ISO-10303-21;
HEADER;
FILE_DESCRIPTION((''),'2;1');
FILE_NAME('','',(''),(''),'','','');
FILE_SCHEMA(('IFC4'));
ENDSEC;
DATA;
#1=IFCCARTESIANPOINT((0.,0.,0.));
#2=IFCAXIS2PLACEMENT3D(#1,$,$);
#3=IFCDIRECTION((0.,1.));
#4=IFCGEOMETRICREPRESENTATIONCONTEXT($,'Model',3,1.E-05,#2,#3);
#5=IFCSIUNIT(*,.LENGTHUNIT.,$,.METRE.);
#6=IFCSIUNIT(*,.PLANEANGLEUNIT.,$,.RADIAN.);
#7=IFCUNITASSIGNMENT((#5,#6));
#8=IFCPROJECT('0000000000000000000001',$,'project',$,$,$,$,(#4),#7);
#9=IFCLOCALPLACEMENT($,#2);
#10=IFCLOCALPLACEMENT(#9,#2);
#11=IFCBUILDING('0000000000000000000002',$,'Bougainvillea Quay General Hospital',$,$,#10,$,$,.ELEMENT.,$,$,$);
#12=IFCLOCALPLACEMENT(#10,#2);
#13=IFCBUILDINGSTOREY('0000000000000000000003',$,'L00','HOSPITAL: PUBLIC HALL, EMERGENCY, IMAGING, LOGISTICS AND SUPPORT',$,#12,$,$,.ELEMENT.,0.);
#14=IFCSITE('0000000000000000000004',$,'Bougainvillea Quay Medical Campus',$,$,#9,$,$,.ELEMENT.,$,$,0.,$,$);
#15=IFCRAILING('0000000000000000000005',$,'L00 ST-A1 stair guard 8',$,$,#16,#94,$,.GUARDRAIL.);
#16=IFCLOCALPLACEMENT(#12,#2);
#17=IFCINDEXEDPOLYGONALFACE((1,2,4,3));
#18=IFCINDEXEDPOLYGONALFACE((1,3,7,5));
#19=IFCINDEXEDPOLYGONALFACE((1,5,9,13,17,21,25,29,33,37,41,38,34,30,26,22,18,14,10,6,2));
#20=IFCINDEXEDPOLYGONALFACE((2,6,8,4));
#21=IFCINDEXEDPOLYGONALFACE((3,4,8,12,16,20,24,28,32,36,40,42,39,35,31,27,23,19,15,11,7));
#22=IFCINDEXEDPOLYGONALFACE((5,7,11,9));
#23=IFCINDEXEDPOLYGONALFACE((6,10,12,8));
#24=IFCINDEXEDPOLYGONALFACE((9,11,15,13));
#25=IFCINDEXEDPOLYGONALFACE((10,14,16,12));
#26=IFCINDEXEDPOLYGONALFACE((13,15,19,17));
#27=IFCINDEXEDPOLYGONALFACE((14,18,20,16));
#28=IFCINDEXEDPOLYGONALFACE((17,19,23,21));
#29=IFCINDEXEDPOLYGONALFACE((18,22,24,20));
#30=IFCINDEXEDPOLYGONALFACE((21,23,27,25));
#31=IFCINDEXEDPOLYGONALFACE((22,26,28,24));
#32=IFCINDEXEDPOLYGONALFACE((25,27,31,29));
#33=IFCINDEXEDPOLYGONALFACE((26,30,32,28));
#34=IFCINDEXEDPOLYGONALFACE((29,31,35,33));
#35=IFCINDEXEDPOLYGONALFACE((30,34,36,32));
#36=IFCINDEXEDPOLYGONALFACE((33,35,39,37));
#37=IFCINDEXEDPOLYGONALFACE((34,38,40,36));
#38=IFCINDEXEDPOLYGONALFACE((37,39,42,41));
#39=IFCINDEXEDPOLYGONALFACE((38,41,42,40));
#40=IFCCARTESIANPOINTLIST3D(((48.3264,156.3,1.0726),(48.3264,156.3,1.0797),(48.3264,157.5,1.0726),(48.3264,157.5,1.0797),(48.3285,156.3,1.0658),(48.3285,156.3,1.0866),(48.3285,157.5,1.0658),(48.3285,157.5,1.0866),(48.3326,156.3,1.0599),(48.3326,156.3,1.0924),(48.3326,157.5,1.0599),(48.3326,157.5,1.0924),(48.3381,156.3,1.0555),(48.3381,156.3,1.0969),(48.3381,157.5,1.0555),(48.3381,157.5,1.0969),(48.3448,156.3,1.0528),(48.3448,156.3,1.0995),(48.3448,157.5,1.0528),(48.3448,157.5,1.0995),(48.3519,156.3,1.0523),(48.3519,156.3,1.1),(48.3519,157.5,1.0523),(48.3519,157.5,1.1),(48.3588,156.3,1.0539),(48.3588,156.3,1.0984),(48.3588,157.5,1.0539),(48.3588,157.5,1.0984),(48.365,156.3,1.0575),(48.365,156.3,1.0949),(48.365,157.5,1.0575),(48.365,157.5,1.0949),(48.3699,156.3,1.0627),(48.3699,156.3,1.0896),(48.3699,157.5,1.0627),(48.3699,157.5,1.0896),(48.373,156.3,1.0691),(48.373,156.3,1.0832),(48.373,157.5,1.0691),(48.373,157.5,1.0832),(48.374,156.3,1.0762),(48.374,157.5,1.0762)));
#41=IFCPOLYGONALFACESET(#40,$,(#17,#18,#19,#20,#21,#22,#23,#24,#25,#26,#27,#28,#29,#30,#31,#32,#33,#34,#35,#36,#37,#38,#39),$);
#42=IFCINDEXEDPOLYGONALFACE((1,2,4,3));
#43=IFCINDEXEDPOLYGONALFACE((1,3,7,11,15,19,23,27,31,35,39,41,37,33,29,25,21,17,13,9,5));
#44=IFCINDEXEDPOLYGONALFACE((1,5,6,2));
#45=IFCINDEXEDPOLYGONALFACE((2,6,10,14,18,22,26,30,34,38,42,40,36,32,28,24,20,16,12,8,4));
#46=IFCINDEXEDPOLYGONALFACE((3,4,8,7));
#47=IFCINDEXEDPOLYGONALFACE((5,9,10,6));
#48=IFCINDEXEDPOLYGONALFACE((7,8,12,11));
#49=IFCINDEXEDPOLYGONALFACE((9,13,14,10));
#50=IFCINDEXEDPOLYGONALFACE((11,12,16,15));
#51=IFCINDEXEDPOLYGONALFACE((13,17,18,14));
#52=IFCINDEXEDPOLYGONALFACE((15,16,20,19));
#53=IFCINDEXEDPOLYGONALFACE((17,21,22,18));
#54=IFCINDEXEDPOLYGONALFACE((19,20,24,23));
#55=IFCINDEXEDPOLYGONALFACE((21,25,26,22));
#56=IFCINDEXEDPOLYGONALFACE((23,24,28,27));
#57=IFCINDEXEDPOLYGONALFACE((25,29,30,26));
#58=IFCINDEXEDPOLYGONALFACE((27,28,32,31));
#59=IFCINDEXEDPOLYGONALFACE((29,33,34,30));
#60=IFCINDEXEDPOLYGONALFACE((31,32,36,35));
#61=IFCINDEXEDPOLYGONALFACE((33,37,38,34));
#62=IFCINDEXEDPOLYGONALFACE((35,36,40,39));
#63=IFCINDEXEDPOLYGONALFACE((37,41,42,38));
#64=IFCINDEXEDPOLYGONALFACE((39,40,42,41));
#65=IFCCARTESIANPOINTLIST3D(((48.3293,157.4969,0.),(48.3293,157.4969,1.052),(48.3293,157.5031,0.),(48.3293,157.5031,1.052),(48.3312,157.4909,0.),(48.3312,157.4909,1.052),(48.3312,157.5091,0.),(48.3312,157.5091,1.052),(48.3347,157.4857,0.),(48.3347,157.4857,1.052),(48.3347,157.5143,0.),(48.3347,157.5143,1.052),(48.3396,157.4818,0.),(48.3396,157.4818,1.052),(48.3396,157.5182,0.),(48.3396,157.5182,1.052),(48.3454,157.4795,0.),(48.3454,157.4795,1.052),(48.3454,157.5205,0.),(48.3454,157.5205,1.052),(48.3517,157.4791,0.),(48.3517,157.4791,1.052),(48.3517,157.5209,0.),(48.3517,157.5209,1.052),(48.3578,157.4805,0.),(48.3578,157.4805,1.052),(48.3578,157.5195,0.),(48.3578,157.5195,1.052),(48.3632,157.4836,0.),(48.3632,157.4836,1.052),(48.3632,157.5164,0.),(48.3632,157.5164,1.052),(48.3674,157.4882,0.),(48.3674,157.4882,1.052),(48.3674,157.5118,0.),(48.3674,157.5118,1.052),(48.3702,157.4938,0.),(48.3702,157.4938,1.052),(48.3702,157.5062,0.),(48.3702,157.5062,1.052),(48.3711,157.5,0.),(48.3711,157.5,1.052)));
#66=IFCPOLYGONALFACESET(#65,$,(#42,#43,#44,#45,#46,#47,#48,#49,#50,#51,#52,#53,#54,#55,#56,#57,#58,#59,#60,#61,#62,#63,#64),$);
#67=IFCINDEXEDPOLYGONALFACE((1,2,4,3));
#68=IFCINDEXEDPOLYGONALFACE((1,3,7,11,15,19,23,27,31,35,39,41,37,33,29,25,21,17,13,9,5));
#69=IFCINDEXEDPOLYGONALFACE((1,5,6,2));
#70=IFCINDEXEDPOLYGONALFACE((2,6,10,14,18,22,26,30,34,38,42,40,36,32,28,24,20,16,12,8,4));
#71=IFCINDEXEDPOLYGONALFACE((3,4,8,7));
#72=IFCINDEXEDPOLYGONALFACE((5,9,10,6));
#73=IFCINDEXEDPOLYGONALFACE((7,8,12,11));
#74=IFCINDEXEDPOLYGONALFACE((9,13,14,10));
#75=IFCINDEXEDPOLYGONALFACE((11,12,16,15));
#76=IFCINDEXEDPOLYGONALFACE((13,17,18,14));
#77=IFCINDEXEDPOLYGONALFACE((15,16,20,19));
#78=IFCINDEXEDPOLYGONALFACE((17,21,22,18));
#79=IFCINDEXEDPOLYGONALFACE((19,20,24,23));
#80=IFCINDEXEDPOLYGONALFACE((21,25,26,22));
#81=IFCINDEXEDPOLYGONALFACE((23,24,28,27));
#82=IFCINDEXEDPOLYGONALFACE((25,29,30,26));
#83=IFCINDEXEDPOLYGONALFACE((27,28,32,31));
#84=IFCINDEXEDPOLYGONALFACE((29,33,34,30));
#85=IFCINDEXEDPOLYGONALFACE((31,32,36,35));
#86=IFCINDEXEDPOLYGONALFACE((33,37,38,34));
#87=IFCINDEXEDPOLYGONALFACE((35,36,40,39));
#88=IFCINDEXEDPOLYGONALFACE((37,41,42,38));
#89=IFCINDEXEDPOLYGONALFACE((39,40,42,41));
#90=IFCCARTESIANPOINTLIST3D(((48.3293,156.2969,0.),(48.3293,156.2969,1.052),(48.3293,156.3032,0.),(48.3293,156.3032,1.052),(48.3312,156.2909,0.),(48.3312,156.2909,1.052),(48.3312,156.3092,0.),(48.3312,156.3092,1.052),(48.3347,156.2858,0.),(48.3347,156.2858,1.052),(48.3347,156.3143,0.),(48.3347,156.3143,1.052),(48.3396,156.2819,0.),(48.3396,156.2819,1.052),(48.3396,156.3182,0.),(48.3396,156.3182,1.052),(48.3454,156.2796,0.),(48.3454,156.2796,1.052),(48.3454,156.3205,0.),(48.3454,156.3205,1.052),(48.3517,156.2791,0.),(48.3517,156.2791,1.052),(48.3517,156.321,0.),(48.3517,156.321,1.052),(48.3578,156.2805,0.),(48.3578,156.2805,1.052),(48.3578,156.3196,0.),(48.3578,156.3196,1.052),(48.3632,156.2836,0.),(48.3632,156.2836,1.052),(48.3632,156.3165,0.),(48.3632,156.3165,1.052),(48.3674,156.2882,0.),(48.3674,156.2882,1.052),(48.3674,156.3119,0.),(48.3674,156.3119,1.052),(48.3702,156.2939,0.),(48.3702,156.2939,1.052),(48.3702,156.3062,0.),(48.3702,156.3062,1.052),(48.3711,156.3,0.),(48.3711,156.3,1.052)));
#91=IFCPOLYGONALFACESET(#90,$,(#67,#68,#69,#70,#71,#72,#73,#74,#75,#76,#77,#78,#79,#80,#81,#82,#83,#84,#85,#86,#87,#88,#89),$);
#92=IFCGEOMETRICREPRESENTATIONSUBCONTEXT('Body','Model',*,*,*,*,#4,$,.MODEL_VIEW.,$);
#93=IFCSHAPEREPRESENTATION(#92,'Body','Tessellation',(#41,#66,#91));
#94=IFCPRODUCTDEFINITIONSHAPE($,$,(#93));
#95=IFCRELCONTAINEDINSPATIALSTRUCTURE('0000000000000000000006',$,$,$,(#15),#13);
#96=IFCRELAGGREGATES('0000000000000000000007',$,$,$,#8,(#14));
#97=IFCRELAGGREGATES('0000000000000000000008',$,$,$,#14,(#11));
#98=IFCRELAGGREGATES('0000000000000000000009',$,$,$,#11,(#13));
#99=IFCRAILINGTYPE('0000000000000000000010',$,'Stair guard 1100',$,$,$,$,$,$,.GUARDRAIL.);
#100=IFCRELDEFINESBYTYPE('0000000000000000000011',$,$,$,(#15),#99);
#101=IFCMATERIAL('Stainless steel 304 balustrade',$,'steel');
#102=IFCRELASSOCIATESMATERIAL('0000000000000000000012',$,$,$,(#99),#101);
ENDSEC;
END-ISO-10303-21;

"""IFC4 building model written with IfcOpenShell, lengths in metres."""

from ifc_helpers import new_model, si_unit, direction, frame, origin, origin_2d, place, context, subcontext, project, spatial, circle, extrude, material, type_object, element, save


model = new_model("IFC4")

# Units and contexts
model_context = context("Model", 3, precision=1e-05, world=origin(), true_north=direction((0.0, 1.0)))
body_context = subcontext(model_context, "Body", "Model", "MODEL_VIEW")
ifc_project = project(units=[si_unit("LENGTHUNIT", "METRE"), si_unit("PLANEANGLEUNIT", "RADIAN")], contexts=[model_context])

# Site, building, storey
site_placement = place(None, origin())
site = spatial("IfcSite", under=ifc_project, at=site_placement, Name="Bougainvillea Quay Medical Campus", CompositionType="ELEMENT", RefElevation=0.0)
building_placement = place(site_placement, origin())
building = spatial("IfcBuilding", under=site, at=building_placement, Name="Bougainvillea Quay General Hospital", CompositionType="ELEMENT")
storey_placement = place(building_placement, origin())
storey = spatial("IfcBuildingStorey", under=building, at=storey_placement, Name="L00", Description="HOSPITAL: PUBLIC HALL, EMERGENCY, IMAGING, LOGISTICS AND SUPPORT", CompositionType="ELEMENT", Elevation=0.0)

# Railing
ifc_material_1 = material(Name="Stainless steel 304 balustrade", Category="steel")
railing_type_1 = type_object("IfcRailingType", Name="Stair guard 1100", PredefinedType="GUARDRAIL", material=ifc_material_1)
railing_1_placement = place(storey_placement, frame((48.3501, 157.5, 0.0)))
element("IfcRailing", 1, at=railing_1_placement, inside=storey, type_object=railing_type_1, Name="L00 ST-A1 stair guard 8", PredefinedType="GUARDRAIL", context=body_context, shape_type="SweptSolid", body=[
    extrude(circle(Radius=0.0239, at=origin_2d()), frame((0.0, 0.0, 1.0762), z_axis=(0.0, -1.0, 0.0), x_axis=(1.0, 0.0, 0.0)), (0.0, 0.0, 1.0), 1.2),
    extrude(circle(Radius=0.021, at=origin_2d()), origin(), (0.0, 0.0, 1.0), 1.052),
    extrude(circle(Radius=0.021, at=origin_2d()), frame((0.0, -1.2, 0.0)), (0.0, 0.0, 1.0), 1.052),
])

save(model, "model.ifc")
